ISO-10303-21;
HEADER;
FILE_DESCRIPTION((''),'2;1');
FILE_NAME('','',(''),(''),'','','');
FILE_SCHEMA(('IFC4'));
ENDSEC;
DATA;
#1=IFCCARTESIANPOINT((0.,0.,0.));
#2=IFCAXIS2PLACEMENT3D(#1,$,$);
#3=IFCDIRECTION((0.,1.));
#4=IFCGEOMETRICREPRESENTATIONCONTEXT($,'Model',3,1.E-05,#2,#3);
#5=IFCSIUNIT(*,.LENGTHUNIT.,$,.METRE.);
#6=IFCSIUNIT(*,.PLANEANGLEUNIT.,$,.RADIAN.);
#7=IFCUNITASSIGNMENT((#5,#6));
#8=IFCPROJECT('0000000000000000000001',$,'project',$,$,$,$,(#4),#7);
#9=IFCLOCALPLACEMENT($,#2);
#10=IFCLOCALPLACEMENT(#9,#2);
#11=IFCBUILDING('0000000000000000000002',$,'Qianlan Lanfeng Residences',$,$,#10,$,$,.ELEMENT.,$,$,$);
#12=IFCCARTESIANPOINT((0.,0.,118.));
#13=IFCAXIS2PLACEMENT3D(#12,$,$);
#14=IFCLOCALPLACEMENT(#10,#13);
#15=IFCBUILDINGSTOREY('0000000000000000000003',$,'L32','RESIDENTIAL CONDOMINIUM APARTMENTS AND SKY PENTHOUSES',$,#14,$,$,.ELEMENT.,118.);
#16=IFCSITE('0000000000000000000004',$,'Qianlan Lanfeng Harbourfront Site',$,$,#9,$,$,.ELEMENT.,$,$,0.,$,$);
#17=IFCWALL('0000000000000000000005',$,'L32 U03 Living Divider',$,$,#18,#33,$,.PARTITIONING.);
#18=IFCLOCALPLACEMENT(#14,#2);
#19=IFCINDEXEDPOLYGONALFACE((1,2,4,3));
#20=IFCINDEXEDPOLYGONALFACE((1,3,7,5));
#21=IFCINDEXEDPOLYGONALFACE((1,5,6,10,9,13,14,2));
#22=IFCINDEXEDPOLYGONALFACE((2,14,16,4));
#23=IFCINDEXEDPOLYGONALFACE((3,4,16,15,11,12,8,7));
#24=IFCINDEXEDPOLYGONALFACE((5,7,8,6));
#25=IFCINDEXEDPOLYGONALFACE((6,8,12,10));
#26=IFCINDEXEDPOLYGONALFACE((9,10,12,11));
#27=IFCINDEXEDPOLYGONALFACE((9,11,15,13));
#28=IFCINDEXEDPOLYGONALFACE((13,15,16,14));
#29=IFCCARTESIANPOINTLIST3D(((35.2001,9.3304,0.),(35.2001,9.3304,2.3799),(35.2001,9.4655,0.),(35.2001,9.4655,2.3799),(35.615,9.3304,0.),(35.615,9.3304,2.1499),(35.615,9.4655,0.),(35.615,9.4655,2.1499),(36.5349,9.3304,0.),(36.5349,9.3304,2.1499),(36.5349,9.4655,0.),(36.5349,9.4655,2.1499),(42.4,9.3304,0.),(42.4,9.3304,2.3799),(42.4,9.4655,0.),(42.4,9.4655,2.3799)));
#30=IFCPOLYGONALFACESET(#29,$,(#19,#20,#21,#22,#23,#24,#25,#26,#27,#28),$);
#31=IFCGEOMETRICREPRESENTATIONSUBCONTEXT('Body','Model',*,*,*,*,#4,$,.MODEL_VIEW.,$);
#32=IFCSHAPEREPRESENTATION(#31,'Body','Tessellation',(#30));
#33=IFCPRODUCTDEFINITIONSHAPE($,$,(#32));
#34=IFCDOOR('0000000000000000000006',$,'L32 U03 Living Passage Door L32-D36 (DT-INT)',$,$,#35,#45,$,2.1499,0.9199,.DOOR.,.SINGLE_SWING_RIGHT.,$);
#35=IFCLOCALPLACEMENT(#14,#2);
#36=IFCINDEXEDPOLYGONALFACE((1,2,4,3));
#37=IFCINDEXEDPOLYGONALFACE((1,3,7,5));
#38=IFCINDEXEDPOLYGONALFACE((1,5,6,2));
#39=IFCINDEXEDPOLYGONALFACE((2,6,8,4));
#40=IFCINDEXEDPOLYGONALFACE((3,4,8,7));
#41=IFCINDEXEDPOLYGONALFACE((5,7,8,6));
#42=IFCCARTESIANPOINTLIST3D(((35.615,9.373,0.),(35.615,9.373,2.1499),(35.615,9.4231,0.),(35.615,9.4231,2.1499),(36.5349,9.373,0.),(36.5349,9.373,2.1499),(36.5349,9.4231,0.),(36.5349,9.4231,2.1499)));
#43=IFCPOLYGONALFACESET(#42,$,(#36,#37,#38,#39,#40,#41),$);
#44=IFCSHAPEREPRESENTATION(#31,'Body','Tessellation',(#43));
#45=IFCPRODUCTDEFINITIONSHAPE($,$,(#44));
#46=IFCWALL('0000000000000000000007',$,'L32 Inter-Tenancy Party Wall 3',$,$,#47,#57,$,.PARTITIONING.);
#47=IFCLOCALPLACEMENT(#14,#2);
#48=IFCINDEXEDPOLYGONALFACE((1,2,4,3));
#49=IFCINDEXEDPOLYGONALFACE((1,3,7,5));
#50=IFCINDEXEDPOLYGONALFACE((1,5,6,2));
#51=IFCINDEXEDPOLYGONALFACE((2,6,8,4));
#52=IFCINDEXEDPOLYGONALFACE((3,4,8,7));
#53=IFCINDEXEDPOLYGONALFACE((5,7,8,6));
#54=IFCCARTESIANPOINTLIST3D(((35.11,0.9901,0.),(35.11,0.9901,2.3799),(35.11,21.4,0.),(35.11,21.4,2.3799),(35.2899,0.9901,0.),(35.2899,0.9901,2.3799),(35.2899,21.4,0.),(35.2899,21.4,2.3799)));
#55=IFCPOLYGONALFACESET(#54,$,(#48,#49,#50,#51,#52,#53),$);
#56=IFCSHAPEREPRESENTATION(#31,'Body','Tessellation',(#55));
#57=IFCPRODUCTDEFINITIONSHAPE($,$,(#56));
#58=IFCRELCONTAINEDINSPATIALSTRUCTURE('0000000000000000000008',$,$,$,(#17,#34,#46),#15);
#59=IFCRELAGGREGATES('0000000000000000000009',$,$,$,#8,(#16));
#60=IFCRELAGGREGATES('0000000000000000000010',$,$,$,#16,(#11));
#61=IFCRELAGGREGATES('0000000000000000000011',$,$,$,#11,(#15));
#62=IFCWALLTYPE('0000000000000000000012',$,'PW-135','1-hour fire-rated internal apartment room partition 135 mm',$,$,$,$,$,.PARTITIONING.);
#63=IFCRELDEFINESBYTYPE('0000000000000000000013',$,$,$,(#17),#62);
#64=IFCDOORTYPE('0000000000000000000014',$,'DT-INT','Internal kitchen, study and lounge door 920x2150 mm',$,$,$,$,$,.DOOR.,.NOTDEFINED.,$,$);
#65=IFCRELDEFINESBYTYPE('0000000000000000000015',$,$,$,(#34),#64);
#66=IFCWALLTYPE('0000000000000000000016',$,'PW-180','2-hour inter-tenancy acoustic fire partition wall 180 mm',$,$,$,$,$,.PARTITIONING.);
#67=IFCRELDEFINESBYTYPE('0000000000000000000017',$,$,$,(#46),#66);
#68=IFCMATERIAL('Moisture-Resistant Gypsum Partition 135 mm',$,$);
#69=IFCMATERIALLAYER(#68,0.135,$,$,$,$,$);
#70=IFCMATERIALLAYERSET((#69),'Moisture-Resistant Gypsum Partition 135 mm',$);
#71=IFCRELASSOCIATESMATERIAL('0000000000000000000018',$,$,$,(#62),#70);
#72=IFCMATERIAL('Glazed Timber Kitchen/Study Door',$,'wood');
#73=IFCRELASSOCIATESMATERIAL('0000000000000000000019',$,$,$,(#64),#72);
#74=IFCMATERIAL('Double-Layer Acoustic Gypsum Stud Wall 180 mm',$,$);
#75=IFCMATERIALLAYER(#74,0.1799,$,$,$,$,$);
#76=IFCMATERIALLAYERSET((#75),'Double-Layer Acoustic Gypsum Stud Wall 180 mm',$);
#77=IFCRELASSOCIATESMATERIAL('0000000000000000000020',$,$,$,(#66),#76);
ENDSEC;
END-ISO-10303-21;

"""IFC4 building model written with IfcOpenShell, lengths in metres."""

from ifc_helpers import new_model, si_unit, direction, frame, frame_2d, origin, place, context, subcontext, project, spatial, rectangle, extrude, material, layer, layer_set, type_object, element, fill, save


model = new_model("IFC4")

# Units and contexts
model_context = context("Model", 3, precision=1e-05, world=origin(), true_north=direction((0.0, 1.0)))
body_context = subcontext(model_context, "Body", "Model", "MODEL_VIEW")
ifc_project = project(units=[si_unit("LENGTHUNIT", "METRE"), si_unit("PLANEANGLEUNIT", "RADIAN")], contexts=[model_context])

# Site, building, storey
site_placement = place(None, origin())
site = spatial("IfcSite", under=ifc_project, at=site_placement, Name="Qianlan Lanfeng Harbourfront Site", CompositionType="ELEMENT", RefElevation=0.0)
building_placement = place(site_placement, origin())
building = spatial("IfcBuilding", under=site, at=building_placement, Name="Qianlan Lanfeng Residences", CompositionType="ELEMENT")
storey_placement = place(building_placement, frame((0.0, 0.0, 118.0)))
storey = spatial("IfcBuildingStorey", under=building, at=storey_placement, Name="L32", Description="RESIDENTIAL CONDOMINIUM APARTMENTS AND SKY PENTHOUSES", CompositionType="ELEMENT", Elevation=118.0)

# Wall, opening, door
ifc_material_1 = material(Name="Moisture-Resistant Gypsum Partition 135 mm")
ifc_layer_1 = layer(ifc_material_1, 0.135)
ifc_layer_set_1 = layer_set([ifc_layer_1], Name="Moisture-Resistant Gypsum Partition 135 mm")
wall_type_1 = type_object("IfcWallType", Name="PW-135", Description="1-hour fire-rated internal apartment room partition 135 mm", PredefinedType="PARTITIONING", material=ifc_layer_set_1)
wall_1_placement = place(storey_placement, frame((35.2, 9.3979, 0.0), z_axis=(0.0, 0.0, 1.0), x_axis=(1.0, 0.0, 0.0)))
wall_1 = element("IfcWall", 1, at=wall_1_placement, inside=storey, type_object=wall_type_1, Name="L32 U03 Living Divider", PredefinedType="PARTITIONING", context=body_context, shape_type="SweptSolid", body=[
    extrude(rectangle(XDim=7.2, YDim=0.135, at=frame_2d((3.6001, 0.0))), origin(), (0.0, 0.0, 1.0), 2.3799),
])
opening_1_placement = place(wall_1_placement, frame((0.415, 0.0, 0.0)))
opening_1 = element("IfcOpeningElement", 2, at=opening_1_placement, cuts=wall_1, PredefinedType="OPENING", context=body_context, shape_type="SweptSolid", body=[
    extrude(rectangle(XDim=0.9199, YDim=2.1499, at=frame_2d((0.46, 1.075))), frame((0.0, 0.0776, 0.0), z_axis=(0.0, -1.0, 0.0), x_axis=(1.0, 0.0, 0.0)), (0.0, 0.0, 1.0), 0.155),
])
ifc_material_2 = material(Name="Glazed Timber Kitchen/Study Door", Category="wood")
door_type = type_object("IfcDoorType", Name="DT-INT", Description="Internal kitchen, study and lounge door 920x2150 mm", OperationType="NOTDEFINED", PredefinedType="DOOR", material=ifc_material_2)
door_placement = place(opening_1_placement, frame((0.9199, 0.0, 0.0), z_axis=(0.0, 0.0, 1.0), x_axis=(-1.0, 0.0, 0.0)))
door = element("IfcDoor", 3, at=door_placement, inside=storey, type_object=door_type, Name="L32 U03 Living Passage Door L32-D36 (DT-INT)", OperationType="SINGLE_SWING_RIGHT", OverallHeight=2.1499, OverallWidth=0.9199, PredefinedType="DOOR", context=body_context, shape_type="SweptSolid", body=[
    extrude(rectangle(XDim=0.9199, YDim=2.1499, at=frame_2d((0.46, 1.075))), frame((0.0, 0.0249, 0.0), z_axis=(0.0, -1.0, 0.0), x_axis=(1.0, 0.0, 0.0)), (0.0, 0.0, 1.0), 0.05),
])
fill(opening_1, door)

# Wall
ifc_material_3 = material(Name="Double-Layer Acoustic Gypsum Stud Wall 180 mm")
ifc_layer_2 = layer(ifc_material_3, 0.1799)
ifc_layer_set_2 = layer_set([ifc_layer_2], Name="Double-Layer Acoustic Gypsum Stud Wall 180 mm")
wall_type_2 = type_object("IfcWallType", Name="PW-180", Description="2-hour inter-tenancy acoustic fire partition wall 180 mm", PredefinedType="PARTITIONING", material=ifc_layer_set_2)
wall_2_placement = place(storey_placement, frame((35.2, 0.99, 0.0), z_axis=(0.0, 0.0, 1.0), x_axis=(0.0, 1.0, 0.0)))
element("IfcWall", 4, at=wall_2_placement, inside=storey, type_object=wall_type_2, Name="L32 Inter-Tenancy Party Wall 3", PredefinedType="PARTITIONING", context=body_context, shape_type="SweptSolid", body=[
    extrude(rectangle(XDim=20.4099, YDim=0.1799, at=frame_2d((10.2051, 0.0))), origin(), (0.0, 0.0, 1.0), 2.3799),
])

save(model, "model.ifc")
